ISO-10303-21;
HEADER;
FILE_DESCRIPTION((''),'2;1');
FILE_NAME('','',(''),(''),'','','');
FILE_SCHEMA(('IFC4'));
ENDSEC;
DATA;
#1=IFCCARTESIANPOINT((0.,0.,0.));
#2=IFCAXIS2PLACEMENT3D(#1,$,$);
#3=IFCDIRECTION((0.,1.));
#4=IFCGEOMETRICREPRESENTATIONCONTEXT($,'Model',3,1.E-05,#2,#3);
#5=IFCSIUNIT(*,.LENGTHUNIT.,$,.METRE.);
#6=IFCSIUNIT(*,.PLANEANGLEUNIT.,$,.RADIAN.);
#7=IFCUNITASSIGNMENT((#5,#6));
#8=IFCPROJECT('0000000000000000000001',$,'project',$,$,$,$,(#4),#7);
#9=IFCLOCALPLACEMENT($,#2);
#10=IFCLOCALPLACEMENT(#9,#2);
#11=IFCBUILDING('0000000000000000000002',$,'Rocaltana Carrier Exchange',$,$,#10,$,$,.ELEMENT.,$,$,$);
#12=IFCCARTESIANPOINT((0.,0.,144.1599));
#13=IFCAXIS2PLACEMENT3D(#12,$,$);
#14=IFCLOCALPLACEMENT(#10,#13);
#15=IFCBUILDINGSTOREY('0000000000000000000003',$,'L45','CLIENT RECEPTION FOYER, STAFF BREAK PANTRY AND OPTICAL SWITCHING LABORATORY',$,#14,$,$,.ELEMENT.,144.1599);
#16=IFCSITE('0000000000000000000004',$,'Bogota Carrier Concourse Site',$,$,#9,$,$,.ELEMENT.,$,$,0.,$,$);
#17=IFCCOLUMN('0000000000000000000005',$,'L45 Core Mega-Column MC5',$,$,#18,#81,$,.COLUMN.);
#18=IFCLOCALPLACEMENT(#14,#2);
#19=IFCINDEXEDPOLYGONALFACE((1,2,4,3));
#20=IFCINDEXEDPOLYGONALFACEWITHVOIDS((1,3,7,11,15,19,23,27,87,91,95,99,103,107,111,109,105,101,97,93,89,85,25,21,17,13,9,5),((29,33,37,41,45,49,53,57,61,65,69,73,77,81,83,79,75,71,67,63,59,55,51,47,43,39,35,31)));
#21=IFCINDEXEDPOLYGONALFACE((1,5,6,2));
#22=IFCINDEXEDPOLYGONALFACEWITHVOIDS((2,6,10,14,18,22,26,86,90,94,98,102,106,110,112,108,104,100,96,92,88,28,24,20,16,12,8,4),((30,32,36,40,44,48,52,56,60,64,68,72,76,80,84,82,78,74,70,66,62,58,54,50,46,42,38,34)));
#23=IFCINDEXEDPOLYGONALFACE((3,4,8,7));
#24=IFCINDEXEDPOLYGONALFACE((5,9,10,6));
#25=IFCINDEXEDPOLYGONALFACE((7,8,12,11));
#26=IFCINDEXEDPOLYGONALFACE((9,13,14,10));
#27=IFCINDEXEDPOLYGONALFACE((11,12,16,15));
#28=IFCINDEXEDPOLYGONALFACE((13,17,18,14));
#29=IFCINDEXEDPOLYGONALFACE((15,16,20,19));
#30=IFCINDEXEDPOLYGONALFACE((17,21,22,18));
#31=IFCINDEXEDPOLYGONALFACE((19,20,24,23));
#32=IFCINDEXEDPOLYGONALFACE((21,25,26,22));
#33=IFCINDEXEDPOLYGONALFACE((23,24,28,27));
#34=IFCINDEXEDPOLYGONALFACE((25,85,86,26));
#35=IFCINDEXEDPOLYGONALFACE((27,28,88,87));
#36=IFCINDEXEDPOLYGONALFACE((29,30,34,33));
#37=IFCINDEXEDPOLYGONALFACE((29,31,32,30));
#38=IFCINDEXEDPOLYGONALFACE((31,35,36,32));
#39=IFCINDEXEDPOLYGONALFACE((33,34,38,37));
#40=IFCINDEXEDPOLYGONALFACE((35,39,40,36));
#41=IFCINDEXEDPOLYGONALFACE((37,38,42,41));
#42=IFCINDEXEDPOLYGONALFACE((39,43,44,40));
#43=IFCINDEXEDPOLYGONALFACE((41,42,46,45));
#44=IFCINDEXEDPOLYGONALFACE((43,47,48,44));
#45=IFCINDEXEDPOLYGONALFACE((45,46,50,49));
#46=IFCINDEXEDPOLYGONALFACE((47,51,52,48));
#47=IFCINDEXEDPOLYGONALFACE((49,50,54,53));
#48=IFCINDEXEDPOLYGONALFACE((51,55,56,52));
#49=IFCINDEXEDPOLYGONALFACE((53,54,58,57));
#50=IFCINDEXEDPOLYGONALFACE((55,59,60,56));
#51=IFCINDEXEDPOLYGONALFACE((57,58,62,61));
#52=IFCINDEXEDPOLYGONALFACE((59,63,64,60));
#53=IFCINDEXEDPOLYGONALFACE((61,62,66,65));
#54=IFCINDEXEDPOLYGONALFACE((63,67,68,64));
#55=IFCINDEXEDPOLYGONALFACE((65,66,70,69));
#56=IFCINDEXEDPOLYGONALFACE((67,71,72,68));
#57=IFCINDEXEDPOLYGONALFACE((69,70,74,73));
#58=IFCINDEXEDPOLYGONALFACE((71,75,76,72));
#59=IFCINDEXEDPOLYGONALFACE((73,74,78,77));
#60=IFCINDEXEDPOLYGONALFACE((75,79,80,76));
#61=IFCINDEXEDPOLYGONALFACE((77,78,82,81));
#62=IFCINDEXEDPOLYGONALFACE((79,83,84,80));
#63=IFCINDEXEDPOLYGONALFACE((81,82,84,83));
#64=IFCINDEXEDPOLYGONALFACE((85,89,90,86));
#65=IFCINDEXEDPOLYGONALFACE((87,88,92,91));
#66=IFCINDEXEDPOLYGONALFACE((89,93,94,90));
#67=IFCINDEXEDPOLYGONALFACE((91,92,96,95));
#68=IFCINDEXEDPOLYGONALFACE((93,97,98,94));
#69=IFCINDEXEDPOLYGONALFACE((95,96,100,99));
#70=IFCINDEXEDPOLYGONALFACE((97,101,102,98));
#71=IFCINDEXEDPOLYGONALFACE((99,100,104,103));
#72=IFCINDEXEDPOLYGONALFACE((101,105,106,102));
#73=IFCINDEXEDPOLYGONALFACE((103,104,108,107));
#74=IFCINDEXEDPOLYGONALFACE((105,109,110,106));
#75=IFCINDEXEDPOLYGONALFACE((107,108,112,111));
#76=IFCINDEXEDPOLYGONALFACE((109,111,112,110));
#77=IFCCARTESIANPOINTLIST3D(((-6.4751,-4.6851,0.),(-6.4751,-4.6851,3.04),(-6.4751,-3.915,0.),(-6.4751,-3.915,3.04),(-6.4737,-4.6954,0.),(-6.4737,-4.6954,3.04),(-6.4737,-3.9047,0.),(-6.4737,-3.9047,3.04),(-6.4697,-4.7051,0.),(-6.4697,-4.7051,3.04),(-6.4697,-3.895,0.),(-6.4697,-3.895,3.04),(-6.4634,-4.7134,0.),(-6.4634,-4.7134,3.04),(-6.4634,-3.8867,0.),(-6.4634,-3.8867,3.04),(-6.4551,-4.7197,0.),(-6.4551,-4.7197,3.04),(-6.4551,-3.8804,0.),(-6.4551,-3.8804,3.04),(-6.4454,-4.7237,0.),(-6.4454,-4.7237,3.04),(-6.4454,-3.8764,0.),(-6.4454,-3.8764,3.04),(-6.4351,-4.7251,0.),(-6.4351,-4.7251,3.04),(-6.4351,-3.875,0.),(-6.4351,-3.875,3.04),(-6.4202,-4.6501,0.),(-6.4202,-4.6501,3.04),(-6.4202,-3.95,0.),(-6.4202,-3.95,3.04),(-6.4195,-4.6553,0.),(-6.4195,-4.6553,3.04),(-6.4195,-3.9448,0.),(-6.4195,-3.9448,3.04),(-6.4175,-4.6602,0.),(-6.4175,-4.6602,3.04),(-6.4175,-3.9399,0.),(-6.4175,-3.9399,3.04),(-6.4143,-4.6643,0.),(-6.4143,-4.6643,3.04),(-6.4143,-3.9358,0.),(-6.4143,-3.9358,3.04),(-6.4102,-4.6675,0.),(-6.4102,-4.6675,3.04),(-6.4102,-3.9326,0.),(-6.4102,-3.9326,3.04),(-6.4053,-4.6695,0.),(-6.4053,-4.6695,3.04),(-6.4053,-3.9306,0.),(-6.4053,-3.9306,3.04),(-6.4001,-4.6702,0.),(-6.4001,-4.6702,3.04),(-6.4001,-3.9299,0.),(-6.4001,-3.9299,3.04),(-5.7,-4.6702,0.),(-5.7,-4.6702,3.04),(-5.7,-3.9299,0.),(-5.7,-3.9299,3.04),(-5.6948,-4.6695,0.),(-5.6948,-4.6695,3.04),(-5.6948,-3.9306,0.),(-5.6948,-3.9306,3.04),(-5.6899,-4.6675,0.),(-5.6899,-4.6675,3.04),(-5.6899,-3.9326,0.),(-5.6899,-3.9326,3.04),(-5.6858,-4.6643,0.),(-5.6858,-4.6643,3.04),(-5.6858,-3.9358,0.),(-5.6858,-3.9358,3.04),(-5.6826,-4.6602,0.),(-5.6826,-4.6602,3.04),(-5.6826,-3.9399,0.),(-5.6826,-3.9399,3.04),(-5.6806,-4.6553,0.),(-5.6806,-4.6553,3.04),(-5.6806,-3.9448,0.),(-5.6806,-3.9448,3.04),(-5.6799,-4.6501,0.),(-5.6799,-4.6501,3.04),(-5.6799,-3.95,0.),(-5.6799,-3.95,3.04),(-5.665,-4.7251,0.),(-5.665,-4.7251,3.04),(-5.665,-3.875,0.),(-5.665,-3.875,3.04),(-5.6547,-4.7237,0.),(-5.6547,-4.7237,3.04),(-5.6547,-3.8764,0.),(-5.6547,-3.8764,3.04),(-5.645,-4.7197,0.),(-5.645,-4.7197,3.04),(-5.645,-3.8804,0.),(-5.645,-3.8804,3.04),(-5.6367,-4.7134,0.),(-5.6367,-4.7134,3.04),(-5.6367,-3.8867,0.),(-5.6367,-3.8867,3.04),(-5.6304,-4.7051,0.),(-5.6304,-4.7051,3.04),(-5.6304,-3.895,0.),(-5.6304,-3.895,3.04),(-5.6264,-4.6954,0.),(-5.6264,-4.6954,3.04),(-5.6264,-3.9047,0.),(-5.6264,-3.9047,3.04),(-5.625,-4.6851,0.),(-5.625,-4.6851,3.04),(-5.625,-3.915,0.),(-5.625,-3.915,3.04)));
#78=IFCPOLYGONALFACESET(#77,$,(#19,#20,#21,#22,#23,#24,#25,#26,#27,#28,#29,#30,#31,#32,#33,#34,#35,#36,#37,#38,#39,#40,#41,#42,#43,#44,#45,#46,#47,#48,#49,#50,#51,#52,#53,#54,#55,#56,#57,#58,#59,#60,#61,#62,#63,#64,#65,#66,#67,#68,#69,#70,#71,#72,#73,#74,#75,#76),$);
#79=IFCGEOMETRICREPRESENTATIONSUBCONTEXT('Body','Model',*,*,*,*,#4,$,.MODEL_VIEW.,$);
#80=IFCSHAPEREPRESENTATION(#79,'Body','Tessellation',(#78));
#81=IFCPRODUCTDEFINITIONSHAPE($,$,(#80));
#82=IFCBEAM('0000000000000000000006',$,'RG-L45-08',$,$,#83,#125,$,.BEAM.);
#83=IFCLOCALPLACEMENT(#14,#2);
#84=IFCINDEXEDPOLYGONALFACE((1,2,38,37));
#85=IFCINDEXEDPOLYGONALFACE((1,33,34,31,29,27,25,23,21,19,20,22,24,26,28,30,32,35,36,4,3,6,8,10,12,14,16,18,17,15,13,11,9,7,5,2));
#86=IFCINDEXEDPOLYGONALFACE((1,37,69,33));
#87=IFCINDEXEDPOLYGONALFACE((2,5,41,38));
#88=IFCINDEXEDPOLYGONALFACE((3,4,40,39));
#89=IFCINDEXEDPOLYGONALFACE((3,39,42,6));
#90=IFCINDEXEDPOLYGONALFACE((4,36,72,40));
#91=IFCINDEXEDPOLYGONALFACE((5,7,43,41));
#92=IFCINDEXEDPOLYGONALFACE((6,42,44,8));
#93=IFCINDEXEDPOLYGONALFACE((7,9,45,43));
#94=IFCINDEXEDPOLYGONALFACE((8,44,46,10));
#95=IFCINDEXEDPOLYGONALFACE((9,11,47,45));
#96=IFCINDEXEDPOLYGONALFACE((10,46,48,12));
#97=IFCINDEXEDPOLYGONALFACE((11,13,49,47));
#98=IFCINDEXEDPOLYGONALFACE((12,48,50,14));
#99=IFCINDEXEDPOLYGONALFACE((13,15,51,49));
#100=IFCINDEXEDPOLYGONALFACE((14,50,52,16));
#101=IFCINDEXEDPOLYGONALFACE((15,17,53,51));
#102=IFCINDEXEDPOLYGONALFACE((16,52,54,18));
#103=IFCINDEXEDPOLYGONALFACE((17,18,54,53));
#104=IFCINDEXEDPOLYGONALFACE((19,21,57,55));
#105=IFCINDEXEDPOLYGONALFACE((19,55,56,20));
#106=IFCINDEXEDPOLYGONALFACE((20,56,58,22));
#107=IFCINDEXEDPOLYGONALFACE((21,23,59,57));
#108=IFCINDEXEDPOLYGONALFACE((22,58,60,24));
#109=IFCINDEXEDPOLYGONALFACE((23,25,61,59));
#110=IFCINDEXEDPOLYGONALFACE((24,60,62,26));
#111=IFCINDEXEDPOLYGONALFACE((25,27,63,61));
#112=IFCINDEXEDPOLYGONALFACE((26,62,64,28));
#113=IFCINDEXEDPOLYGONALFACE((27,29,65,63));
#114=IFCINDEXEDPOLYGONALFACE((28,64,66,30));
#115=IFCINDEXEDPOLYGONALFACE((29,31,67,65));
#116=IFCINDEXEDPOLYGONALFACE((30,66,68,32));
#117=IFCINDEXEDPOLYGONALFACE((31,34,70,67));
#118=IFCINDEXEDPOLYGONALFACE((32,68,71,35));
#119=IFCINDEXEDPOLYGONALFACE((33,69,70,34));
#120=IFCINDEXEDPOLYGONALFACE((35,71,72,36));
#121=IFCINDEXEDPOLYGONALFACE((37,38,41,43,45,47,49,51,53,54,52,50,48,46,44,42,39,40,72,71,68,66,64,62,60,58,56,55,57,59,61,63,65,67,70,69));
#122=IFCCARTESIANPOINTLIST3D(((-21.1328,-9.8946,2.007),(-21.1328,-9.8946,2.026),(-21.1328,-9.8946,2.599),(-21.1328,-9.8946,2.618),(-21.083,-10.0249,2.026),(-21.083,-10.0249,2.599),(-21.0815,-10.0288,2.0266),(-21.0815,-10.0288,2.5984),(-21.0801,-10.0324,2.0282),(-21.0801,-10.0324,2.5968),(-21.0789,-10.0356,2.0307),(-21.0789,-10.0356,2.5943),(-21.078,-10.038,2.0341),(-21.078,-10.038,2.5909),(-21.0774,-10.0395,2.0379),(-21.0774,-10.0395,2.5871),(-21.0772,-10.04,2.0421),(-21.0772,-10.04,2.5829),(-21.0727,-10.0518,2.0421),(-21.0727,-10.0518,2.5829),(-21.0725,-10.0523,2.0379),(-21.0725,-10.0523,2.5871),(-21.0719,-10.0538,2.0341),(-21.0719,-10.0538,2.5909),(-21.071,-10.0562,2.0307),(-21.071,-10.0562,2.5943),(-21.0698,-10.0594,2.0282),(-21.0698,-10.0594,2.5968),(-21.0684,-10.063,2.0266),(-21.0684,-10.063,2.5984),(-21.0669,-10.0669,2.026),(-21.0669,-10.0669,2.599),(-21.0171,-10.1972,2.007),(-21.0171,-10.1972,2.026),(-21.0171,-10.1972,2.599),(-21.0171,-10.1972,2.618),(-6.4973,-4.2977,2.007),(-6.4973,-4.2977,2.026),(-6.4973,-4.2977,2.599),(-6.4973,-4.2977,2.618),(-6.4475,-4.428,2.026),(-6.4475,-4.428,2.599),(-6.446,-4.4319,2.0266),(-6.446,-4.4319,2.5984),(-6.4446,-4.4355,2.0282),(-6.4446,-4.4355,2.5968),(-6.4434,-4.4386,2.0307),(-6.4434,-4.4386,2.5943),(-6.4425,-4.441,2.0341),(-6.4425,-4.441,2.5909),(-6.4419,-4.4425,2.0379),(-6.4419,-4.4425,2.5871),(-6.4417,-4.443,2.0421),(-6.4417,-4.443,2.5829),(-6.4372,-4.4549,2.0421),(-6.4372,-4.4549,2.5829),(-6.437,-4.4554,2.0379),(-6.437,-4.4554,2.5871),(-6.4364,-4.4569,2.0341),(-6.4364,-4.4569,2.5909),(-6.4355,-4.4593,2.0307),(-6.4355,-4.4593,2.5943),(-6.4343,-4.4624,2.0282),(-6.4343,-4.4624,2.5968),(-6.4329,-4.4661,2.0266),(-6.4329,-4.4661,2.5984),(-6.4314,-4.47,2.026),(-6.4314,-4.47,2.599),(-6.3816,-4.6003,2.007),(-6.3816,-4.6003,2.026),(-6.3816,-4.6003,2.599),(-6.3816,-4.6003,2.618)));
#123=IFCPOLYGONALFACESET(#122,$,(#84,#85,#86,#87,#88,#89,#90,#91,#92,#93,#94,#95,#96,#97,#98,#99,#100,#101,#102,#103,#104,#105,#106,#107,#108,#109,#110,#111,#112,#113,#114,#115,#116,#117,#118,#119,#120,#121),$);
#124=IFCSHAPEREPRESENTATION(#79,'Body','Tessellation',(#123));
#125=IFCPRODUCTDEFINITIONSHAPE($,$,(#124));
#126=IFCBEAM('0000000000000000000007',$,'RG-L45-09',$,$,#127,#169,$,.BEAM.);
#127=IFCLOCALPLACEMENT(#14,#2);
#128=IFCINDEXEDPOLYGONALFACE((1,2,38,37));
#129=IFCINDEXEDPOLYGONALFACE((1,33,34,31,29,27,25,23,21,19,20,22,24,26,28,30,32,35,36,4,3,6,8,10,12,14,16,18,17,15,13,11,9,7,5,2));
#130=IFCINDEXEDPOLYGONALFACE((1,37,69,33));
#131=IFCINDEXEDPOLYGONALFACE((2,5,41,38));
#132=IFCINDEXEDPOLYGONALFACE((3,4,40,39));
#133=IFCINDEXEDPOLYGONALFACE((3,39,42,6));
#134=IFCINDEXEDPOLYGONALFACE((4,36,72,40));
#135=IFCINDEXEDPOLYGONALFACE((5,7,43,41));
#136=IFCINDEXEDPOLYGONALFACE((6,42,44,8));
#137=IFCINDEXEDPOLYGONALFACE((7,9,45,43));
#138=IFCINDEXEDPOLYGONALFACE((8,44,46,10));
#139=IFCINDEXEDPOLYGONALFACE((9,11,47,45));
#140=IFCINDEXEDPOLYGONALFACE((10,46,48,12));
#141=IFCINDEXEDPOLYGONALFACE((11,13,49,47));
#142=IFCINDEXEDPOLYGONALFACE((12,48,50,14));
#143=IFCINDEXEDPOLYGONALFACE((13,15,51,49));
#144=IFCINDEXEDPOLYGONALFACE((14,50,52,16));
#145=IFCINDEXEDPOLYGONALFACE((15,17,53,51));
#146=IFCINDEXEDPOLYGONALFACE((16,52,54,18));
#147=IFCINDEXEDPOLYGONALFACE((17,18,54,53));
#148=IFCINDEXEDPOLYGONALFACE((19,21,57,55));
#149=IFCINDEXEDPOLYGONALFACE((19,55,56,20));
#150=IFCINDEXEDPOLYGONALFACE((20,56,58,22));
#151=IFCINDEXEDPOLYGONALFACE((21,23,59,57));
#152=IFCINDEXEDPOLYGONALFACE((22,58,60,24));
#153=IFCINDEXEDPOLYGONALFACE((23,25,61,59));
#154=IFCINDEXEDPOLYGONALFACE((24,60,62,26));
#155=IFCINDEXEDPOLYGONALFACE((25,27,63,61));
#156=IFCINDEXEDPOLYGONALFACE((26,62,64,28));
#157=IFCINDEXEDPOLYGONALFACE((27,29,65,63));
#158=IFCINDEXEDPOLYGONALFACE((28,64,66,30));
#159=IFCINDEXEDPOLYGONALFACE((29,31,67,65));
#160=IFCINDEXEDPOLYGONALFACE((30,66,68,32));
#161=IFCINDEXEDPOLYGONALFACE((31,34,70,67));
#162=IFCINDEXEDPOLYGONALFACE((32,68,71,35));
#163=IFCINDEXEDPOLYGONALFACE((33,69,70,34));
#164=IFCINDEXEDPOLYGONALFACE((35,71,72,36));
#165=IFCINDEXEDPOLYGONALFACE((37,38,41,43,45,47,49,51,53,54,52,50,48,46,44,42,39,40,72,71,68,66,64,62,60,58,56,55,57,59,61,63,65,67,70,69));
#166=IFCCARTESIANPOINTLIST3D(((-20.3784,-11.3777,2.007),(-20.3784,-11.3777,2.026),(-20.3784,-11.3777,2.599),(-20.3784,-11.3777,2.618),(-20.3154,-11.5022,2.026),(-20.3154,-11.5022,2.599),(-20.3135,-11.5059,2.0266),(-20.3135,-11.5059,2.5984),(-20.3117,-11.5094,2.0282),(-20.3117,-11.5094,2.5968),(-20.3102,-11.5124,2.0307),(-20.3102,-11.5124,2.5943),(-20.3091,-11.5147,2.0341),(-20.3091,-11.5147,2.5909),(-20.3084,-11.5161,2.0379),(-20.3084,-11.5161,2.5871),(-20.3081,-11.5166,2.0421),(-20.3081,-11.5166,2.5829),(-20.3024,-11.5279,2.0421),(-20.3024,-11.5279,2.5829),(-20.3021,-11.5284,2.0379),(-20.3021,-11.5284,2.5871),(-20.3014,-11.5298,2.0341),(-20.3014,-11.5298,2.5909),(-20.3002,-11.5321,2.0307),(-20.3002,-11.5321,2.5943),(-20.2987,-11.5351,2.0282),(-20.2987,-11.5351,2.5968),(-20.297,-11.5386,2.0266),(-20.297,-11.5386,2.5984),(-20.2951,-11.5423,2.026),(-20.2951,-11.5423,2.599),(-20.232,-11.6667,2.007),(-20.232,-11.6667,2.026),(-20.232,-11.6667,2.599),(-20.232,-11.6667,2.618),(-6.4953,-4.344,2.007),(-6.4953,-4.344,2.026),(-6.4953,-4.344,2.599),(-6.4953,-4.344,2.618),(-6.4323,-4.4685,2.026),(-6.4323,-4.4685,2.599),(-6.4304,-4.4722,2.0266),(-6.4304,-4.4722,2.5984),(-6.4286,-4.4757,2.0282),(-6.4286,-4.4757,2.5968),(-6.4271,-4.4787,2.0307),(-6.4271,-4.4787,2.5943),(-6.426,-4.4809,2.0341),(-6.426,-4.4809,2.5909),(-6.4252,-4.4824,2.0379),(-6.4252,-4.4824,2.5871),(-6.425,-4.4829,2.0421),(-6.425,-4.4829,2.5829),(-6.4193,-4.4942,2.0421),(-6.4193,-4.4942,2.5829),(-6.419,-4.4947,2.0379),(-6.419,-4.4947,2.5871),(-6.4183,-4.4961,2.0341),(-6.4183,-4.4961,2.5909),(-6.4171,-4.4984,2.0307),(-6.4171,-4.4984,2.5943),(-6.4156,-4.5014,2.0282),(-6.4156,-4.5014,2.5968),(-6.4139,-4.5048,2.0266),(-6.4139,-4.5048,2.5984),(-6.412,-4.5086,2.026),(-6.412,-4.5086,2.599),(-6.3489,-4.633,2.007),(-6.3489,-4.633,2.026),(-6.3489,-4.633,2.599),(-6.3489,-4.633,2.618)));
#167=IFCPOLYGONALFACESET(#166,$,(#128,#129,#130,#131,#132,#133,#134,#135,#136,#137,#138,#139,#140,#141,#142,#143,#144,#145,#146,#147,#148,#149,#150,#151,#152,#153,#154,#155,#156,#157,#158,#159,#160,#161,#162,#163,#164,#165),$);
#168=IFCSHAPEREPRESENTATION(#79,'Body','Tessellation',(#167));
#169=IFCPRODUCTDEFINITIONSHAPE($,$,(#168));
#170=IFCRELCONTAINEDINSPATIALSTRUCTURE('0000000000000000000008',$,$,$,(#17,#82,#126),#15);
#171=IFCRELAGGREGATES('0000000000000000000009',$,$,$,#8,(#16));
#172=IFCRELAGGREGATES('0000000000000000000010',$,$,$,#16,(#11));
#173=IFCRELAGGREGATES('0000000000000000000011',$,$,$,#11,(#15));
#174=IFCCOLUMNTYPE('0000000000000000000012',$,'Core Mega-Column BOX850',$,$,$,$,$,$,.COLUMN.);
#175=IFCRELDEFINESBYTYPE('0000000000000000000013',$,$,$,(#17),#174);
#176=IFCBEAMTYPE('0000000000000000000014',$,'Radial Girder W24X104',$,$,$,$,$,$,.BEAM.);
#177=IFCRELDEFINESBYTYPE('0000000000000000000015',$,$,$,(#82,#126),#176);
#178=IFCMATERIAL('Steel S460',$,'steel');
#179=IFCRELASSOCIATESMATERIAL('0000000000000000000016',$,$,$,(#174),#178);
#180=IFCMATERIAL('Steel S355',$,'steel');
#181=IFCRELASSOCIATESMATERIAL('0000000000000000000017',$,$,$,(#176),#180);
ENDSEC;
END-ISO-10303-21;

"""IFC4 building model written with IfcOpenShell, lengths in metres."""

from ifc_helpers import new_model, si_unit, direction, frame, origin, origin_2d, place, context, subcontext, project, spatial, hollow_rectangle, i_section, extrude, material, material_profile, profile_set, type_object, element, save


model = new_model("IFC4")

# Units and contexts
model_context = context("Model", 3, precision=1e-05, world=origin(), true_north=direction((0.0, 1.0)))
body_context = subcontext(model_context, "Body", "Model", "MODEL_VIEW")
ifc_project = project(units=[si_unit("LENGTHUNIT", "METRE"), si_unit("PLANEANGLEUNIT", "RADIAN")], contexts=[model_context])

# Site, building, storey
site_placement = place(None, origin())
site = spatial("IfcSite", under=ifc_project, at=site_placement, Name="Bogota Carrier Concourse Site", CompositionType="ELEMENT", RefElevation=0.0)
building_placement = place(site_placement, origin())
building = spatial("IfcBuilding", under=site, at=building_placement, Name="Rocaltana Carrier Exchange", CompositionType="ELEMENT")
storey_placement = place(building_placement, frame((0.0, 0.0, 144.1599)))
storey = spatial("IfcBuildingStorey", under=building, at=storey_placement, Name="L45", Description="CLIENT RECEPTION FOYER, STAFF BREAK PANTRY AND OPTICAL SWITCHING LABORATORY", CompositionType="ELEMENT", Elevation=144.1599)

# Column
ifc_material_1 = material(Name="Steel S460", Category="steel")
ifc_material_profile_1 = material_profile(ifc_material_1, hollow_rectangle(XDim=0.8501, YDim=0.8501, WallThickness=0.0549, InnerFilletRadius=0.02, OuterFilletRadius=0.04, at=origin_2d()), Name="BOX850X850X55")
ifc_profile_set_1 = profile_set([ifc_material_profile_1], Name="Steel S460")
column_type = type_object("IfcColumnType", Name="Core Mega-Column BOX850", PredefinedType="COLUMN", material=ifc_profile_set_1)
column_placement = place(storey_placement, frame((-6.05, -4.3, 0.0), z_axis=(0.0, 0.0, 1.0), x_axis=(1.0, 0.0, 0.0)))
element("IfcColumn", 1, at=column_placement, inside=storey, type_object=column_type, Name="L45 Core Mega-Column MC5", PredefinedType="COLUMN", context=body_context, shape_type="SweptSolid", body=[
    extrude(hollow_rectangle(XDim=0.8501, YDim=0.8501, WallThickness=0.0549, InnerFilletRadius=0.02, OuterFilletRadius=0.04, at=origin_2d()), origin(), (0.0, 0.0, 1.0), 3.04),
])

# Beams
ifc_material_2 = material(Name="Steel S355", Category="steel")
ifc_material_profile_2 = material_profile(ifc_material_2, i_section(OverallWidth=0.324, OverallDepth=0.6111, WebThickness=0.0127, FlangeThickness=0.019, FilletRadius=0.0161, at=origin_2d()), Name="W24X104")
ifc_profile_set_2 = profile_set([ifc_material_profile_2], Name="Steel S355")
beam_type = type_object("IfcBeamType", Name="Radial Girder W24X104", PredefinedType="BEAM", material=ifc_profile_set_2)
beam_1_placement = place(storey_placement, frame((-6.4395, -4.449, 2.3125), z_axis=(-0.934031, -0.357193, 0.0), x_axis=(0.357193, -0.934031, 0.0)))
element("IfcBeam", 2, at=beam_1_placement, inside=storey, type_object=beam_type, Name="RG-L45-08", PredefinedType="BEAM", context=body_context, shape_type="SweptSolid", body=[
    extrude(i_section(OverallWidth=0.324, OverallDepth=0.6111, WebThickness=0.0127, FlangeThickness=0.019, FilletRadius=0.0161, at=origin_2d()), origin(), (0.0, 0.0, 1.0), 15.6692),
])
beam_2_placement = place(storey_placement, frame((-6.4221, -4.4885, 2.3125), z_axis=(-0.892046, -0.451945, 0.0), x_axis=(0.451945, -0.892046, 0.0)))
element("IfcBeam", 3, at=beam_2_placement, inside=storey, type_object=beam_type, Name="RG-L45-09", PredefinedType="BEAM", context=body_context, shape_type="SweptSolid", body=[
    extrude(i_section(OverallWidth=0.324, OverallDepth=0.6111, WebThickness=0.0127, FlangeThickness=0.019, FilletRadius=0.0161, at=origin_2d()), origin(), (0.0, 0.0, 1.0), 15.5632),
])

save(model, "model.ifc")
